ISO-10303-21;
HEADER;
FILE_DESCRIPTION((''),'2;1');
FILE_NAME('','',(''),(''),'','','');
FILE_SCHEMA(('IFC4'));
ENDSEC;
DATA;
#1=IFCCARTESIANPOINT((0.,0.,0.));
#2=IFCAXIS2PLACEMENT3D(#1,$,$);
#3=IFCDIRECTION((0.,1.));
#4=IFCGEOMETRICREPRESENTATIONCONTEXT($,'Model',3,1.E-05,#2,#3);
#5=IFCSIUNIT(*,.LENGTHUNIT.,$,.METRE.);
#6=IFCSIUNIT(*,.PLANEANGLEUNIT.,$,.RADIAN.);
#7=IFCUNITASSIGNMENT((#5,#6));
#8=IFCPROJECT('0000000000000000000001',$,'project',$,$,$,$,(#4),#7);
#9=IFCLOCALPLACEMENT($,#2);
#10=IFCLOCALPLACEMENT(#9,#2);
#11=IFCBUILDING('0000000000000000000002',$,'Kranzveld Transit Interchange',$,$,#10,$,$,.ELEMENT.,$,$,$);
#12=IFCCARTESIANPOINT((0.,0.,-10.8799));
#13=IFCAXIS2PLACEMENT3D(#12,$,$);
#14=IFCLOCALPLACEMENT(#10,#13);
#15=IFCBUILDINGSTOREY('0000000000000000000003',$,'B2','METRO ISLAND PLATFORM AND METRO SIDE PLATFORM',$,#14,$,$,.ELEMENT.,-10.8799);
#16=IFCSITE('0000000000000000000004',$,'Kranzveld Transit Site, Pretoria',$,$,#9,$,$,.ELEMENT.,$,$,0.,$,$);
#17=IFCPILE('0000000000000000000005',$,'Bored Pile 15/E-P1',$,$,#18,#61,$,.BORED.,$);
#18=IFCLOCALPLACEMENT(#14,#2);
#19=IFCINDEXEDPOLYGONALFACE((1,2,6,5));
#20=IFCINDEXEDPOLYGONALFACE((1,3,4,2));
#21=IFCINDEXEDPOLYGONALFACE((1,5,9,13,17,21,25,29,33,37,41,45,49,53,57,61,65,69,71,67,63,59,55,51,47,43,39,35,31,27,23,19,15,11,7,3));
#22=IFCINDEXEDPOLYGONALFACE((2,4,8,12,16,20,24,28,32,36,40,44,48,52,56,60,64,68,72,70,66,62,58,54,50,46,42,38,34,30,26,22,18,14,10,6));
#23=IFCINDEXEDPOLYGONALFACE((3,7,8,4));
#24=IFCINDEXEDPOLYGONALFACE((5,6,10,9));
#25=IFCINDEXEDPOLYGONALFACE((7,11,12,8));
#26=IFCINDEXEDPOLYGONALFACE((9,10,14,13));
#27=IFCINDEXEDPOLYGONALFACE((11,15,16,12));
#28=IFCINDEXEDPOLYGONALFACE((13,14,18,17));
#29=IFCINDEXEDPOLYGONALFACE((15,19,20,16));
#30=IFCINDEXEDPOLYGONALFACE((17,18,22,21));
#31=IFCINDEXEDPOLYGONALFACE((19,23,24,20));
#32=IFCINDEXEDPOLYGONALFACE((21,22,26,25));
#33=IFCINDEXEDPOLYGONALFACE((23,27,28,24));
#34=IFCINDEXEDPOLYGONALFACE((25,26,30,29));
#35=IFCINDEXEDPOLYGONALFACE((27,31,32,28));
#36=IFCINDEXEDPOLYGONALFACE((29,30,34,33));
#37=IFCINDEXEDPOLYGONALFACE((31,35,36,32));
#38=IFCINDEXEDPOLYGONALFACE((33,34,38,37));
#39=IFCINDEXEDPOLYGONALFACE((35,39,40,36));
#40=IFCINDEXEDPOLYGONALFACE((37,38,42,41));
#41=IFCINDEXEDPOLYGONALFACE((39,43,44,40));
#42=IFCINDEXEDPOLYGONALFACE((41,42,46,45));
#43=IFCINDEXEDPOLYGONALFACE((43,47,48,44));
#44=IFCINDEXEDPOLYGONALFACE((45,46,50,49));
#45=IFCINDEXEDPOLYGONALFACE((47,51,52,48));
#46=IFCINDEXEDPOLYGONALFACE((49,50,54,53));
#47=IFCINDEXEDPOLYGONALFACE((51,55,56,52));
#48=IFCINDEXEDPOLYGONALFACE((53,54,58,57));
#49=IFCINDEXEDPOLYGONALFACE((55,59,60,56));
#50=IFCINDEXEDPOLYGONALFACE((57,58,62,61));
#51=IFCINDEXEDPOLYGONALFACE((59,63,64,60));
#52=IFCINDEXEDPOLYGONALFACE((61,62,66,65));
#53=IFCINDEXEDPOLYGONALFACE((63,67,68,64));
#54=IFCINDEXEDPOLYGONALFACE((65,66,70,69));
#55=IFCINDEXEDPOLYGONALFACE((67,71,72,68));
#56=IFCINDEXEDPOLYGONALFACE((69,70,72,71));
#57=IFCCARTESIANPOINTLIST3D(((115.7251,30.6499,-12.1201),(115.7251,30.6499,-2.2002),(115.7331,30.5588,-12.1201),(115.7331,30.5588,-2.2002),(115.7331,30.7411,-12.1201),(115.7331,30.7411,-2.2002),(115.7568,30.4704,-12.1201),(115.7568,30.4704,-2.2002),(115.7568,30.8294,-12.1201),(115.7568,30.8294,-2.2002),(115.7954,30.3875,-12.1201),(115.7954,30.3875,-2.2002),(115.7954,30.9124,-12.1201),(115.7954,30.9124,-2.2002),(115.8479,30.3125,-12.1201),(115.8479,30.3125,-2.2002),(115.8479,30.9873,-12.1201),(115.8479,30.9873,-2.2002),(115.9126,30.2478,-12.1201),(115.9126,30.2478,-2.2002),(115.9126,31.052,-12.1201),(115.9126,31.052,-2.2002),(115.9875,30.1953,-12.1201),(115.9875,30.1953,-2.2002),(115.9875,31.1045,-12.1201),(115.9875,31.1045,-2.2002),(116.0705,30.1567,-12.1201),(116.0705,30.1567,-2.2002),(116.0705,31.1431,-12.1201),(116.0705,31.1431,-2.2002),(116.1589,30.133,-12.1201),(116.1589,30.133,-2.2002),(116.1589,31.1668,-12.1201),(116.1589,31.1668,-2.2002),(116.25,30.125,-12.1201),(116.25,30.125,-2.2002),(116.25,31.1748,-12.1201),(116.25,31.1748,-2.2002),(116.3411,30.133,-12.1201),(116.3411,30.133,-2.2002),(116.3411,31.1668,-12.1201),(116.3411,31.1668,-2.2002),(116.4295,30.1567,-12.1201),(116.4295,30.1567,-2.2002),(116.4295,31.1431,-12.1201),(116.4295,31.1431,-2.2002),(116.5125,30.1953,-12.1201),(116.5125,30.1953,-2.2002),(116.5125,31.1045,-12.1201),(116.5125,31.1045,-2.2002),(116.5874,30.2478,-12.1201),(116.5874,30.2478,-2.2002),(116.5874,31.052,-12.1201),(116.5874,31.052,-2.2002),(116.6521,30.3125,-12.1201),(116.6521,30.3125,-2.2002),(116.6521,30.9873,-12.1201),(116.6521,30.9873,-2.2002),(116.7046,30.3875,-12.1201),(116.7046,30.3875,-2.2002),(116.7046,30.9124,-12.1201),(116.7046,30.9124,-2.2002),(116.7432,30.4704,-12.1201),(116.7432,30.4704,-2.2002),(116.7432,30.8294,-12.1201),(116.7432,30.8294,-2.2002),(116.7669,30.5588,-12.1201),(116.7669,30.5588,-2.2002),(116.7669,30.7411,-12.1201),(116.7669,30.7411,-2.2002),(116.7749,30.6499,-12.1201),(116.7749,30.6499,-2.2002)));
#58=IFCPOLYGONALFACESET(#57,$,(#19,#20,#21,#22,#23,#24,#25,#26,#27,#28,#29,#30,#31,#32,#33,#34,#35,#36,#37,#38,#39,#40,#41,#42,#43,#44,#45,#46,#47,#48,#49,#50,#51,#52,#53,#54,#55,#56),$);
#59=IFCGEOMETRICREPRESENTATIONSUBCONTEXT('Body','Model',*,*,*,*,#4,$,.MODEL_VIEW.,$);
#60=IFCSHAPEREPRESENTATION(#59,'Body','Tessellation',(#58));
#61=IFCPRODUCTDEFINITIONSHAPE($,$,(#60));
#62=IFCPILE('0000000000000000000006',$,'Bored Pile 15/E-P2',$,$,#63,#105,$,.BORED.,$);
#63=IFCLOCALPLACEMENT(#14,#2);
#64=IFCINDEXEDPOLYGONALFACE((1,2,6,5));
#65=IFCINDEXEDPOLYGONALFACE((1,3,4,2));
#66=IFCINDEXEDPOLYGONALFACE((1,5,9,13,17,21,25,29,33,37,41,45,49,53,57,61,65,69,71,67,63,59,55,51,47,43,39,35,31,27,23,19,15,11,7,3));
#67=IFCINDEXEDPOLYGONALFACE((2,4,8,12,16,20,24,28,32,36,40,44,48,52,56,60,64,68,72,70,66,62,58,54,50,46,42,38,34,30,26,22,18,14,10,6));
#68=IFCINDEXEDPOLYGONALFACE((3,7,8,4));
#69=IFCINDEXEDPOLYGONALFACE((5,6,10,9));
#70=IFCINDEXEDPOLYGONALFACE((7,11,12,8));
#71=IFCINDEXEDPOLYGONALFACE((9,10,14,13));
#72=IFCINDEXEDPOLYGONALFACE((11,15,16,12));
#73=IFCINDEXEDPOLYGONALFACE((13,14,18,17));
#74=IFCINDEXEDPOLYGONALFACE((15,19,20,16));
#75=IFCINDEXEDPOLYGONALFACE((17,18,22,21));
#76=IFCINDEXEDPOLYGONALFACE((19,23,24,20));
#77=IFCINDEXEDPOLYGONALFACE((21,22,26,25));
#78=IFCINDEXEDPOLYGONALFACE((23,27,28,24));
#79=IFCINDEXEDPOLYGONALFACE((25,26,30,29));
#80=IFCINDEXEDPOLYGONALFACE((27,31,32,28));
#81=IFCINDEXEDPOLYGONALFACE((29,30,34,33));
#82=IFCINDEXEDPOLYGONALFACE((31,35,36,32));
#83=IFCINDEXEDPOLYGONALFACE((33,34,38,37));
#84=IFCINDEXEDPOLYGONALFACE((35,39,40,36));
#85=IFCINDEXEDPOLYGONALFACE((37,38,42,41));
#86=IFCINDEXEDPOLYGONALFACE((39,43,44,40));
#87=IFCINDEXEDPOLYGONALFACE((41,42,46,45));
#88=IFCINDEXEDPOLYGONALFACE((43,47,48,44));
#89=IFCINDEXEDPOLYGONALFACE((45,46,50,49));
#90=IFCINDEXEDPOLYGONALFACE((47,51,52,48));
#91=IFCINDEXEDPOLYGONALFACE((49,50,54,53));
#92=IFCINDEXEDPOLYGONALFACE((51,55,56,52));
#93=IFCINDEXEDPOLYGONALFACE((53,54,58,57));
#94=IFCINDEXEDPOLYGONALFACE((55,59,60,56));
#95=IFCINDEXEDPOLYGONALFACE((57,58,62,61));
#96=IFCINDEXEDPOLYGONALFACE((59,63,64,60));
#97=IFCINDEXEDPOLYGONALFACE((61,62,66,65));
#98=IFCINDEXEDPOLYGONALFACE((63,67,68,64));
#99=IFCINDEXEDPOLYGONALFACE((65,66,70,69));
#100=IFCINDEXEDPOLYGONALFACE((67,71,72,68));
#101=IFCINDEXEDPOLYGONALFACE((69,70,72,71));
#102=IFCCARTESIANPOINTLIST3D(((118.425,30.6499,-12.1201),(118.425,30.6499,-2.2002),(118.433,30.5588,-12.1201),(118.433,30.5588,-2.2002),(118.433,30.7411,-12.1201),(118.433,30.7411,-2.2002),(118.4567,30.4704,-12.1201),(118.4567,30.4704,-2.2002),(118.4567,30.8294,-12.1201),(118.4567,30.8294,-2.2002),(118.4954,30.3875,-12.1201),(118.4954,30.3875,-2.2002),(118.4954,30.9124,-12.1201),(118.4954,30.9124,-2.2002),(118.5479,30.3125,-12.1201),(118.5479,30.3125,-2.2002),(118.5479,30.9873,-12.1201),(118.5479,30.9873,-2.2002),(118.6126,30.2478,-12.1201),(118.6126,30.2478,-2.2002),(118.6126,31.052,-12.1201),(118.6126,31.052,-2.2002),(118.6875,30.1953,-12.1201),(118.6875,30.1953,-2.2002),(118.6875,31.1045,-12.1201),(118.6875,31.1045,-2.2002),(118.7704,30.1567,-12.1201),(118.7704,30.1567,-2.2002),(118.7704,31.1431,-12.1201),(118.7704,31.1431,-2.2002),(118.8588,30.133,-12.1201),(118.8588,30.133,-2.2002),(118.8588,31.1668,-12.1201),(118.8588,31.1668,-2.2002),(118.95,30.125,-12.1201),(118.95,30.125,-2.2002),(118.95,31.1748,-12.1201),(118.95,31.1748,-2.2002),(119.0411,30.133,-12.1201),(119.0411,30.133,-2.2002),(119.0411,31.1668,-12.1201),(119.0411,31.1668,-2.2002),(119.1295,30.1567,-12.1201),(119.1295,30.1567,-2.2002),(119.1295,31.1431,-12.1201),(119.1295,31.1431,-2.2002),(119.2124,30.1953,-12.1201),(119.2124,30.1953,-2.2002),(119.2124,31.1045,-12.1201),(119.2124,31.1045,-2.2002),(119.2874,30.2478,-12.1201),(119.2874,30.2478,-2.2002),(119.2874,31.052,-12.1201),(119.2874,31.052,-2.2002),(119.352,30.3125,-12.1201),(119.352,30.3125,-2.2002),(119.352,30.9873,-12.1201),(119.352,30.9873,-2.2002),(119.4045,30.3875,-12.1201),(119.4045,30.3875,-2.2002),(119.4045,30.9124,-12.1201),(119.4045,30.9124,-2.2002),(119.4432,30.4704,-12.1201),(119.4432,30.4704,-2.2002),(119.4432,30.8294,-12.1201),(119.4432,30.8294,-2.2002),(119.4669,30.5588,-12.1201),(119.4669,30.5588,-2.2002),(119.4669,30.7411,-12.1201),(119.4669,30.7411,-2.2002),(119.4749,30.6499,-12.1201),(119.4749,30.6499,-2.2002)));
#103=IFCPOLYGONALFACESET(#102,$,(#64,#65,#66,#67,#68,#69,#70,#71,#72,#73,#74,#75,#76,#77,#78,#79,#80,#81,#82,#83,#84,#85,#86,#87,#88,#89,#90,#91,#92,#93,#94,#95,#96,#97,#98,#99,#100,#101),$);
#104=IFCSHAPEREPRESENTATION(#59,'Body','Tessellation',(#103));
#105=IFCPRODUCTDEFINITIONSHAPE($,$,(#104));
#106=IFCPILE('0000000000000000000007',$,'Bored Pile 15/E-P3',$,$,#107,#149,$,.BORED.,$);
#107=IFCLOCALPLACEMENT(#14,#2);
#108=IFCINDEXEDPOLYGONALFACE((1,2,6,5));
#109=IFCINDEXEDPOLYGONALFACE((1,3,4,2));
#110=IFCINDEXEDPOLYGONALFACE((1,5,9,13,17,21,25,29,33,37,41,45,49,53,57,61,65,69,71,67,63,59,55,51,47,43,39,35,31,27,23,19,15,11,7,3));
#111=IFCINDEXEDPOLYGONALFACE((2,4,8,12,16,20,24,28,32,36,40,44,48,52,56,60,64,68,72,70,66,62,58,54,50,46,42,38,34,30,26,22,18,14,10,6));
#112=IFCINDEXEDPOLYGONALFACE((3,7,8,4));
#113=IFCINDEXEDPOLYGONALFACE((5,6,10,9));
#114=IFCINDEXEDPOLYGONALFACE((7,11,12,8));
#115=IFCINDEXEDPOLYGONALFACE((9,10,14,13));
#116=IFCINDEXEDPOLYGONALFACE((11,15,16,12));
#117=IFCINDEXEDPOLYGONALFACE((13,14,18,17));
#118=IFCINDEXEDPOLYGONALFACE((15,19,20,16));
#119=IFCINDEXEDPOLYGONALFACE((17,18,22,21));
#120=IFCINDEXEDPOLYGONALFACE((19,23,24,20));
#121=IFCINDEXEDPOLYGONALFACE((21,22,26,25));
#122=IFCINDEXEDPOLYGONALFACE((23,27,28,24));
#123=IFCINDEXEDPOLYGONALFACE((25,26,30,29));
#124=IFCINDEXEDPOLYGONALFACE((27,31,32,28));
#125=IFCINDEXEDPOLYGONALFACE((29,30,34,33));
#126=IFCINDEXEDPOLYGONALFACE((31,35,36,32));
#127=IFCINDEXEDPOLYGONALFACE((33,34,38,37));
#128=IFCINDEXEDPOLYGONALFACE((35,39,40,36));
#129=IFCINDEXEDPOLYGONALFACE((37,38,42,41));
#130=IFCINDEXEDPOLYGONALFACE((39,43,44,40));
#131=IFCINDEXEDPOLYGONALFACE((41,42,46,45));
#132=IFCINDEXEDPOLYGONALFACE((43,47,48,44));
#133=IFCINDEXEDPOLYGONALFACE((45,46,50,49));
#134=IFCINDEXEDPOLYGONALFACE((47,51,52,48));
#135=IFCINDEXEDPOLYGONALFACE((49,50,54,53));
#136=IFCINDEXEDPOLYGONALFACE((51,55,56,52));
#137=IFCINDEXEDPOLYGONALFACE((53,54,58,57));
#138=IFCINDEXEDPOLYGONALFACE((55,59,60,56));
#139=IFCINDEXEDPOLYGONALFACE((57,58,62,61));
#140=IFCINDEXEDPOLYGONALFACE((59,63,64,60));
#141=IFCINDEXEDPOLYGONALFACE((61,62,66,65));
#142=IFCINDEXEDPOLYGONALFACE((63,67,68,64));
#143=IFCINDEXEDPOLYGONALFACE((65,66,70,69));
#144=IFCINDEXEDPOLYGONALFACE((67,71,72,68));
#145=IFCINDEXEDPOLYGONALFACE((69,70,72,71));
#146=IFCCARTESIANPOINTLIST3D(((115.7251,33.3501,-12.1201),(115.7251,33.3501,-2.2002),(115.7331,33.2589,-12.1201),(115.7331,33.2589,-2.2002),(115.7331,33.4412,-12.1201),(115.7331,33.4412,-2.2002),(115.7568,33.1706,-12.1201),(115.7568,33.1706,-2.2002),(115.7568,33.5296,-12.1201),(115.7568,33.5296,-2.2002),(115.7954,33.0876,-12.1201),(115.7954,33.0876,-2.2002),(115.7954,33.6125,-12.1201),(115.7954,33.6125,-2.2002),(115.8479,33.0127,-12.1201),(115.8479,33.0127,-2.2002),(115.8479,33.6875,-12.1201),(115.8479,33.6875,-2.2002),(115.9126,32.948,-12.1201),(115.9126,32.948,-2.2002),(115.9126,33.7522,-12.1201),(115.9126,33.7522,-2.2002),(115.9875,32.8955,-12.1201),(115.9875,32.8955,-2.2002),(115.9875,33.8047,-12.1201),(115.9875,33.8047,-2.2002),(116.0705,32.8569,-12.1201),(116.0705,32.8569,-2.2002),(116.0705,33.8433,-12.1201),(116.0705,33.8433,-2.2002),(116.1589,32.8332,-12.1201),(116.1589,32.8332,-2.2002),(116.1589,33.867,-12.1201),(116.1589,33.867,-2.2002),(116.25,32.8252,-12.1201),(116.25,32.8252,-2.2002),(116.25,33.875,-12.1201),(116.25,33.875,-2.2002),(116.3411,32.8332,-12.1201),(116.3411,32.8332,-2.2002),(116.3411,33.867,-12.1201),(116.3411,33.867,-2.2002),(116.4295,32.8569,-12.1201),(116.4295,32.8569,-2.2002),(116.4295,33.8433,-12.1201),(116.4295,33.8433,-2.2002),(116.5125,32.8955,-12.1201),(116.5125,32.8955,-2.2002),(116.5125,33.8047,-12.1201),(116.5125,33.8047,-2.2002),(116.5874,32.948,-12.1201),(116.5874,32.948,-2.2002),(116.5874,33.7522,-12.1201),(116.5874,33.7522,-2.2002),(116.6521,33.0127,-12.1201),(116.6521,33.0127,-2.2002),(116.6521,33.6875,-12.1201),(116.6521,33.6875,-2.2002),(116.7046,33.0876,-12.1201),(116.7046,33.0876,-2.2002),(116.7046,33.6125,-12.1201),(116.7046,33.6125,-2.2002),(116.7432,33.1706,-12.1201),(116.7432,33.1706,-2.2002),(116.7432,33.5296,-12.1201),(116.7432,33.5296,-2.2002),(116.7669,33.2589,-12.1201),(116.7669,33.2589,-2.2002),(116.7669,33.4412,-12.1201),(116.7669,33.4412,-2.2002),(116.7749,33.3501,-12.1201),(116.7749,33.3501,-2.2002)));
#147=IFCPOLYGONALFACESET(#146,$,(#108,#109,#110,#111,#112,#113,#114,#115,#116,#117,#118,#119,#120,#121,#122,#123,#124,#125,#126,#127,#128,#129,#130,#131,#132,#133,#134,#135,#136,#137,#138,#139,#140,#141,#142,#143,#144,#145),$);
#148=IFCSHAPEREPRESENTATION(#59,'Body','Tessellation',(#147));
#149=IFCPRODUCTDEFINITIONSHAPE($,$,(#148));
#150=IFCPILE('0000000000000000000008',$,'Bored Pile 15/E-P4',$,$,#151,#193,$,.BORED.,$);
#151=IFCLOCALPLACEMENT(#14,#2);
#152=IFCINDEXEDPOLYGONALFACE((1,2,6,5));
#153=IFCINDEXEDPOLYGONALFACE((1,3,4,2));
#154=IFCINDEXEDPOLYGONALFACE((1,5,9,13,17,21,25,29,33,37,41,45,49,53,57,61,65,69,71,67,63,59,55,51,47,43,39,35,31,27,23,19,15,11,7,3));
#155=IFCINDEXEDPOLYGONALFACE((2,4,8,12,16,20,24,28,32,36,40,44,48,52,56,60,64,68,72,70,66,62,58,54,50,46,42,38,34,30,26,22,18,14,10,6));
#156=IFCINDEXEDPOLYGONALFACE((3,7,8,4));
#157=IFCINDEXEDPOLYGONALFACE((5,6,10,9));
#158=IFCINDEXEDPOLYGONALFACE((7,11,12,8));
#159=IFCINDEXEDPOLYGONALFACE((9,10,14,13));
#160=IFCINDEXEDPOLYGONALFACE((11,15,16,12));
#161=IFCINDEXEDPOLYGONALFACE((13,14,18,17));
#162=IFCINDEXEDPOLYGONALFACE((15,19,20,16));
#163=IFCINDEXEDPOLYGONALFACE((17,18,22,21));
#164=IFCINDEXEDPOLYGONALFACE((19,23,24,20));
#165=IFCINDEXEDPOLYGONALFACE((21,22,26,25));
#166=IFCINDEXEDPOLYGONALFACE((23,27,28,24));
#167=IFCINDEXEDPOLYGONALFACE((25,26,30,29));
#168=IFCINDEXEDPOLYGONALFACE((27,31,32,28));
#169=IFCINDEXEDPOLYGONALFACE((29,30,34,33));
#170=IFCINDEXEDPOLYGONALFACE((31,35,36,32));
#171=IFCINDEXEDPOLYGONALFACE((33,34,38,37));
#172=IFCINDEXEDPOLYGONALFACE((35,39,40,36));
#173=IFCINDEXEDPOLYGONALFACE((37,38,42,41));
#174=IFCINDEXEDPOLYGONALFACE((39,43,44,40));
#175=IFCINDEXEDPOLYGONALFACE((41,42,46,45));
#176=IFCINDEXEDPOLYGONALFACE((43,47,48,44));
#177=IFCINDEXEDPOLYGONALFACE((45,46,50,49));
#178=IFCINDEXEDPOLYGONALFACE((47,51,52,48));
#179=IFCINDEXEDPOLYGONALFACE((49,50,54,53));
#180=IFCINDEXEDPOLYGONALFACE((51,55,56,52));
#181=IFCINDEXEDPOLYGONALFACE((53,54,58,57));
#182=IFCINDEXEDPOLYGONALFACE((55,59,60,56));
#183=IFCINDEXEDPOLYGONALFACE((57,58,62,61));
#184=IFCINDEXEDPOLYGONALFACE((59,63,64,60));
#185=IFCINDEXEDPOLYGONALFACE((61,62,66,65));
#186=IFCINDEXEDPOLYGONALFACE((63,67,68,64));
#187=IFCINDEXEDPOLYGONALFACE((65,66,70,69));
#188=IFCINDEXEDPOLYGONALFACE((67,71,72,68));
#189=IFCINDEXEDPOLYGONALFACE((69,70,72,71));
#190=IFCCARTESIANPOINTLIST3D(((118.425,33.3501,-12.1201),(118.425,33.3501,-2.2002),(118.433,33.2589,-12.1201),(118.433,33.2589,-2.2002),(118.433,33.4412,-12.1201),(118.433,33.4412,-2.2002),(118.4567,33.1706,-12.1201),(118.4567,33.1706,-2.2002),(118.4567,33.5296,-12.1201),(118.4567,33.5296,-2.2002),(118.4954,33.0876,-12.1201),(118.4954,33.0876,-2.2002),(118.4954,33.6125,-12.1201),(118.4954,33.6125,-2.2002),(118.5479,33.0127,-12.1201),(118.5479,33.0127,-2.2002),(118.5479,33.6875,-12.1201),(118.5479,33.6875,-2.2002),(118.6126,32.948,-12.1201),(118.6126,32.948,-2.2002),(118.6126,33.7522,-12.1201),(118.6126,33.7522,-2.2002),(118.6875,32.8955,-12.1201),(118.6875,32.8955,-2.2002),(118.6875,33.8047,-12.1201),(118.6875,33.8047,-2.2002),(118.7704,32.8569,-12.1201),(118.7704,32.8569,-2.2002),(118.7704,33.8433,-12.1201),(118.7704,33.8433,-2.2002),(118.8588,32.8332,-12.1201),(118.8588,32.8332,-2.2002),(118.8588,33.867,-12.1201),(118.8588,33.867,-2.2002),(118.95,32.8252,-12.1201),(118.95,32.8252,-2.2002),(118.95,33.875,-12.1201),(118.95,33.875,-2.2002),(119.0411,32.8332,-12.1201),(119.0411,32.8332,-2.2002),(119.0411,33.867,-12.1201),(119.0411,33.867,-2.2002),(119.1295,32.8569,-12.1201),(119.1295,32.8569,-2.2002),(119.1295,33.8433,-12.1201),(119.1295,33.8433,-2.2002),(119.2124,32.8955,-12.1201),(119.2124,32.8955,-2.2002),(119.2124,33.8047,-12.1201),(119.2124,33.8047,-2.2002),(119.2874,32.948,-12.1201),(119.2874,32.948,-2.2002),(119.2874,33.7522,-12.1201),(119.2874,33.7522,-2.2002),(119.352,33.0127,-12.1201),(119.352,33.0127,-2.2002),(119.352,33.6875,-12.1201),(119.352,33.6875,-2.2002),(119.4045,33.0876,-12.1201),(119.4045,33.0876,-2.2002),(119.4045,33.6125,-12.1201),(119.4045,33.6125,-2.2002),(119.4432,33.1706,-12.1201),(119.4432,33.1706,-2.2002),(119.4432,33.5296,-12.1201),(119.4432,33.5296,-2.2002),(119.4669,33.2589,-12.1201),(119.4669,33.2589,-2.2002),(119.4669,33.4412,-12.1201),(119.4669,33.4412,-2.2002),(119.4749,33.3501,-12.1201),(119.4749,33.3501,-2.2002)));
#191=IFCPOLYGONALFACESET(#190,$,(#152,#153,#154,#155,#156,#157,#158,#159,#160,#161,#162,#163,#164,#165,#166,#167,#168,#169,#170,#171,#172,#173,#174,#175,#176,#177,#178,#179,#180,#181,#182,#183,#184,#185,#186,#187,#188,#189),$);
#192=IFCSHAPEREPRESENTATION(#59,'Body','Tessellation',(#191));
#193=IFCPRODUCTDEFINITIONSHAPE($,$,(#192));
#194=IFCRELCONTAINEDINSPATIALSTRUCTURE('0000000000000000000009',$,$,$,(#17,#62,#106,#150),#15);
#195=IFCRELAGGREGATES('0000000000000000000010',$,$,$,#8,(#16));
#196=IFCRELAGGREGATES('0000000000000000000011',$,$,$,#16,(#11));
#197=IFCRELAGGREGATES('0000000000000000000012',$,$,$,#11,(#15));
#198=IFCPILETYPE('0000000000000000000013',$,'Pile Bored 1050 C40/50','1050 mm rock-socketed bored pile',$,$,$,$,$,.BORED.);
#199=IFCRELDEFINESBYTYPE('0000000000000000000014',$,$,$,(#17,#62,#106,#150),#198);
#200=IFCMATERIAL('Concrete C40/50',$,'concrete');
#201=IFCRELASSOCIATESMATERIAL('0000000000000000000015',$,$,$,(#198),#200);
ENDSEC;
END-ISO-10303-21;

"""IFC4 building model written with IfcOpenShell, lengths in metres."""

from ifc_helpers import new_model, si_unit, direction, frame, origin, origin_2d, place, context, subcontext, project, spatial, circle, extrude, material, material_profile, profile_set, type_object, element, save


model = new_model("IFC4")

# Units and contexts
model_context = context("Model", 3, precision=1e-05, world=origin(), true_north=direction((0.0, 1.0)))
body_context = subcontext(model_context, "Body", "Model", "MODEL_VIEW")
ifc_project = project(units=[si_unit("LENGTHUNIT", "METRE"), si_unit("PLANEANGLEUNIT", "RADIAN")], contexts=[model_context])

# Site, building, storey
site_placement = place(None, origin())
site = spatial("IfcSite", under=ifc_project, at=site_placement, Name="Kranzveld Transit Site, Pretoria", CompositionType="ELEMENT", RefElevation=0.0)
building_placement = place(site_placement, origin())
building = spatial("IfcBuilding", under=site, at=building_placement, Name="Kranzveld Transit Interchange", CompositionType="ELEMENT")
storey_placement = place(building_placement, frame((0.0, 0.0, -10.8799)))
storey = spatial("IfcBuildingStorey", under=building, at=storey_placement, Name="B2", Description="METRO ISLAND PLATFORM AND METRO SIDE PLATFORM", CompositionType="ELEMENT", Elevation=-10.8799)

# Piles
ifc_material_1 = material(Name="Concrete C40/50", Category="concrete")
ifc_material_profile_1 = material_profile(ifc_material_1, circle(Radius=0.5249, at=origin_2d()), Name="BORED PILE 1050")
ifc_profile_set_1 = profile_set([ifc_material_profile_1], Name="Concrete C40/50")
pile_type = type_object("IfcPileType", Name="Pile Bored 1050 C40/50", Description="1050 mm rock-socketed bored pile", PredefinedType="BORED", material=ifc_profile_set_1)
for number, where, z_axis, x_axis, name in (
    (1, (116.25, 30.6499, -2.2002), (0.0, 0.0, -1.0), (1.0, 0.0, 0.0), "Bored Pile 15/E-P1"),
    (2, (118.95, 30.6499, -2.2002), (0.0, 0.0, -1.0), (1.0, 0.0, 0.0), "Bored Pile 15/E-P2"),
    (3, (116.25, 33.3501, -2.2002), (0.0, 0.0, -1.0), (1.0, 0.0, 0.0), "Bored Pile 15/E-P3"),
    (4, (118.95, 33.3501, -2.2002), (0.0, 0.0, -1.0), (1.0, 0.0, 0.0), "Bored Pile 15/E-P4"),
):
    element("IfcPile", number, at=place(storey_placement, frame(where, z_axis=z_axis, x_axis=x_axis)), inside=storey, type_object=pile_type, Name=name, PredefinedType="BORED", context=body_context, shape_type="SweptSolid", body=[
        extrude(circle(Radius=0.5249, at=origin_2d()), origin(), (0.0, 0.0, 1.0), 9.9199),
    ])

save(model, "model.ifc")
